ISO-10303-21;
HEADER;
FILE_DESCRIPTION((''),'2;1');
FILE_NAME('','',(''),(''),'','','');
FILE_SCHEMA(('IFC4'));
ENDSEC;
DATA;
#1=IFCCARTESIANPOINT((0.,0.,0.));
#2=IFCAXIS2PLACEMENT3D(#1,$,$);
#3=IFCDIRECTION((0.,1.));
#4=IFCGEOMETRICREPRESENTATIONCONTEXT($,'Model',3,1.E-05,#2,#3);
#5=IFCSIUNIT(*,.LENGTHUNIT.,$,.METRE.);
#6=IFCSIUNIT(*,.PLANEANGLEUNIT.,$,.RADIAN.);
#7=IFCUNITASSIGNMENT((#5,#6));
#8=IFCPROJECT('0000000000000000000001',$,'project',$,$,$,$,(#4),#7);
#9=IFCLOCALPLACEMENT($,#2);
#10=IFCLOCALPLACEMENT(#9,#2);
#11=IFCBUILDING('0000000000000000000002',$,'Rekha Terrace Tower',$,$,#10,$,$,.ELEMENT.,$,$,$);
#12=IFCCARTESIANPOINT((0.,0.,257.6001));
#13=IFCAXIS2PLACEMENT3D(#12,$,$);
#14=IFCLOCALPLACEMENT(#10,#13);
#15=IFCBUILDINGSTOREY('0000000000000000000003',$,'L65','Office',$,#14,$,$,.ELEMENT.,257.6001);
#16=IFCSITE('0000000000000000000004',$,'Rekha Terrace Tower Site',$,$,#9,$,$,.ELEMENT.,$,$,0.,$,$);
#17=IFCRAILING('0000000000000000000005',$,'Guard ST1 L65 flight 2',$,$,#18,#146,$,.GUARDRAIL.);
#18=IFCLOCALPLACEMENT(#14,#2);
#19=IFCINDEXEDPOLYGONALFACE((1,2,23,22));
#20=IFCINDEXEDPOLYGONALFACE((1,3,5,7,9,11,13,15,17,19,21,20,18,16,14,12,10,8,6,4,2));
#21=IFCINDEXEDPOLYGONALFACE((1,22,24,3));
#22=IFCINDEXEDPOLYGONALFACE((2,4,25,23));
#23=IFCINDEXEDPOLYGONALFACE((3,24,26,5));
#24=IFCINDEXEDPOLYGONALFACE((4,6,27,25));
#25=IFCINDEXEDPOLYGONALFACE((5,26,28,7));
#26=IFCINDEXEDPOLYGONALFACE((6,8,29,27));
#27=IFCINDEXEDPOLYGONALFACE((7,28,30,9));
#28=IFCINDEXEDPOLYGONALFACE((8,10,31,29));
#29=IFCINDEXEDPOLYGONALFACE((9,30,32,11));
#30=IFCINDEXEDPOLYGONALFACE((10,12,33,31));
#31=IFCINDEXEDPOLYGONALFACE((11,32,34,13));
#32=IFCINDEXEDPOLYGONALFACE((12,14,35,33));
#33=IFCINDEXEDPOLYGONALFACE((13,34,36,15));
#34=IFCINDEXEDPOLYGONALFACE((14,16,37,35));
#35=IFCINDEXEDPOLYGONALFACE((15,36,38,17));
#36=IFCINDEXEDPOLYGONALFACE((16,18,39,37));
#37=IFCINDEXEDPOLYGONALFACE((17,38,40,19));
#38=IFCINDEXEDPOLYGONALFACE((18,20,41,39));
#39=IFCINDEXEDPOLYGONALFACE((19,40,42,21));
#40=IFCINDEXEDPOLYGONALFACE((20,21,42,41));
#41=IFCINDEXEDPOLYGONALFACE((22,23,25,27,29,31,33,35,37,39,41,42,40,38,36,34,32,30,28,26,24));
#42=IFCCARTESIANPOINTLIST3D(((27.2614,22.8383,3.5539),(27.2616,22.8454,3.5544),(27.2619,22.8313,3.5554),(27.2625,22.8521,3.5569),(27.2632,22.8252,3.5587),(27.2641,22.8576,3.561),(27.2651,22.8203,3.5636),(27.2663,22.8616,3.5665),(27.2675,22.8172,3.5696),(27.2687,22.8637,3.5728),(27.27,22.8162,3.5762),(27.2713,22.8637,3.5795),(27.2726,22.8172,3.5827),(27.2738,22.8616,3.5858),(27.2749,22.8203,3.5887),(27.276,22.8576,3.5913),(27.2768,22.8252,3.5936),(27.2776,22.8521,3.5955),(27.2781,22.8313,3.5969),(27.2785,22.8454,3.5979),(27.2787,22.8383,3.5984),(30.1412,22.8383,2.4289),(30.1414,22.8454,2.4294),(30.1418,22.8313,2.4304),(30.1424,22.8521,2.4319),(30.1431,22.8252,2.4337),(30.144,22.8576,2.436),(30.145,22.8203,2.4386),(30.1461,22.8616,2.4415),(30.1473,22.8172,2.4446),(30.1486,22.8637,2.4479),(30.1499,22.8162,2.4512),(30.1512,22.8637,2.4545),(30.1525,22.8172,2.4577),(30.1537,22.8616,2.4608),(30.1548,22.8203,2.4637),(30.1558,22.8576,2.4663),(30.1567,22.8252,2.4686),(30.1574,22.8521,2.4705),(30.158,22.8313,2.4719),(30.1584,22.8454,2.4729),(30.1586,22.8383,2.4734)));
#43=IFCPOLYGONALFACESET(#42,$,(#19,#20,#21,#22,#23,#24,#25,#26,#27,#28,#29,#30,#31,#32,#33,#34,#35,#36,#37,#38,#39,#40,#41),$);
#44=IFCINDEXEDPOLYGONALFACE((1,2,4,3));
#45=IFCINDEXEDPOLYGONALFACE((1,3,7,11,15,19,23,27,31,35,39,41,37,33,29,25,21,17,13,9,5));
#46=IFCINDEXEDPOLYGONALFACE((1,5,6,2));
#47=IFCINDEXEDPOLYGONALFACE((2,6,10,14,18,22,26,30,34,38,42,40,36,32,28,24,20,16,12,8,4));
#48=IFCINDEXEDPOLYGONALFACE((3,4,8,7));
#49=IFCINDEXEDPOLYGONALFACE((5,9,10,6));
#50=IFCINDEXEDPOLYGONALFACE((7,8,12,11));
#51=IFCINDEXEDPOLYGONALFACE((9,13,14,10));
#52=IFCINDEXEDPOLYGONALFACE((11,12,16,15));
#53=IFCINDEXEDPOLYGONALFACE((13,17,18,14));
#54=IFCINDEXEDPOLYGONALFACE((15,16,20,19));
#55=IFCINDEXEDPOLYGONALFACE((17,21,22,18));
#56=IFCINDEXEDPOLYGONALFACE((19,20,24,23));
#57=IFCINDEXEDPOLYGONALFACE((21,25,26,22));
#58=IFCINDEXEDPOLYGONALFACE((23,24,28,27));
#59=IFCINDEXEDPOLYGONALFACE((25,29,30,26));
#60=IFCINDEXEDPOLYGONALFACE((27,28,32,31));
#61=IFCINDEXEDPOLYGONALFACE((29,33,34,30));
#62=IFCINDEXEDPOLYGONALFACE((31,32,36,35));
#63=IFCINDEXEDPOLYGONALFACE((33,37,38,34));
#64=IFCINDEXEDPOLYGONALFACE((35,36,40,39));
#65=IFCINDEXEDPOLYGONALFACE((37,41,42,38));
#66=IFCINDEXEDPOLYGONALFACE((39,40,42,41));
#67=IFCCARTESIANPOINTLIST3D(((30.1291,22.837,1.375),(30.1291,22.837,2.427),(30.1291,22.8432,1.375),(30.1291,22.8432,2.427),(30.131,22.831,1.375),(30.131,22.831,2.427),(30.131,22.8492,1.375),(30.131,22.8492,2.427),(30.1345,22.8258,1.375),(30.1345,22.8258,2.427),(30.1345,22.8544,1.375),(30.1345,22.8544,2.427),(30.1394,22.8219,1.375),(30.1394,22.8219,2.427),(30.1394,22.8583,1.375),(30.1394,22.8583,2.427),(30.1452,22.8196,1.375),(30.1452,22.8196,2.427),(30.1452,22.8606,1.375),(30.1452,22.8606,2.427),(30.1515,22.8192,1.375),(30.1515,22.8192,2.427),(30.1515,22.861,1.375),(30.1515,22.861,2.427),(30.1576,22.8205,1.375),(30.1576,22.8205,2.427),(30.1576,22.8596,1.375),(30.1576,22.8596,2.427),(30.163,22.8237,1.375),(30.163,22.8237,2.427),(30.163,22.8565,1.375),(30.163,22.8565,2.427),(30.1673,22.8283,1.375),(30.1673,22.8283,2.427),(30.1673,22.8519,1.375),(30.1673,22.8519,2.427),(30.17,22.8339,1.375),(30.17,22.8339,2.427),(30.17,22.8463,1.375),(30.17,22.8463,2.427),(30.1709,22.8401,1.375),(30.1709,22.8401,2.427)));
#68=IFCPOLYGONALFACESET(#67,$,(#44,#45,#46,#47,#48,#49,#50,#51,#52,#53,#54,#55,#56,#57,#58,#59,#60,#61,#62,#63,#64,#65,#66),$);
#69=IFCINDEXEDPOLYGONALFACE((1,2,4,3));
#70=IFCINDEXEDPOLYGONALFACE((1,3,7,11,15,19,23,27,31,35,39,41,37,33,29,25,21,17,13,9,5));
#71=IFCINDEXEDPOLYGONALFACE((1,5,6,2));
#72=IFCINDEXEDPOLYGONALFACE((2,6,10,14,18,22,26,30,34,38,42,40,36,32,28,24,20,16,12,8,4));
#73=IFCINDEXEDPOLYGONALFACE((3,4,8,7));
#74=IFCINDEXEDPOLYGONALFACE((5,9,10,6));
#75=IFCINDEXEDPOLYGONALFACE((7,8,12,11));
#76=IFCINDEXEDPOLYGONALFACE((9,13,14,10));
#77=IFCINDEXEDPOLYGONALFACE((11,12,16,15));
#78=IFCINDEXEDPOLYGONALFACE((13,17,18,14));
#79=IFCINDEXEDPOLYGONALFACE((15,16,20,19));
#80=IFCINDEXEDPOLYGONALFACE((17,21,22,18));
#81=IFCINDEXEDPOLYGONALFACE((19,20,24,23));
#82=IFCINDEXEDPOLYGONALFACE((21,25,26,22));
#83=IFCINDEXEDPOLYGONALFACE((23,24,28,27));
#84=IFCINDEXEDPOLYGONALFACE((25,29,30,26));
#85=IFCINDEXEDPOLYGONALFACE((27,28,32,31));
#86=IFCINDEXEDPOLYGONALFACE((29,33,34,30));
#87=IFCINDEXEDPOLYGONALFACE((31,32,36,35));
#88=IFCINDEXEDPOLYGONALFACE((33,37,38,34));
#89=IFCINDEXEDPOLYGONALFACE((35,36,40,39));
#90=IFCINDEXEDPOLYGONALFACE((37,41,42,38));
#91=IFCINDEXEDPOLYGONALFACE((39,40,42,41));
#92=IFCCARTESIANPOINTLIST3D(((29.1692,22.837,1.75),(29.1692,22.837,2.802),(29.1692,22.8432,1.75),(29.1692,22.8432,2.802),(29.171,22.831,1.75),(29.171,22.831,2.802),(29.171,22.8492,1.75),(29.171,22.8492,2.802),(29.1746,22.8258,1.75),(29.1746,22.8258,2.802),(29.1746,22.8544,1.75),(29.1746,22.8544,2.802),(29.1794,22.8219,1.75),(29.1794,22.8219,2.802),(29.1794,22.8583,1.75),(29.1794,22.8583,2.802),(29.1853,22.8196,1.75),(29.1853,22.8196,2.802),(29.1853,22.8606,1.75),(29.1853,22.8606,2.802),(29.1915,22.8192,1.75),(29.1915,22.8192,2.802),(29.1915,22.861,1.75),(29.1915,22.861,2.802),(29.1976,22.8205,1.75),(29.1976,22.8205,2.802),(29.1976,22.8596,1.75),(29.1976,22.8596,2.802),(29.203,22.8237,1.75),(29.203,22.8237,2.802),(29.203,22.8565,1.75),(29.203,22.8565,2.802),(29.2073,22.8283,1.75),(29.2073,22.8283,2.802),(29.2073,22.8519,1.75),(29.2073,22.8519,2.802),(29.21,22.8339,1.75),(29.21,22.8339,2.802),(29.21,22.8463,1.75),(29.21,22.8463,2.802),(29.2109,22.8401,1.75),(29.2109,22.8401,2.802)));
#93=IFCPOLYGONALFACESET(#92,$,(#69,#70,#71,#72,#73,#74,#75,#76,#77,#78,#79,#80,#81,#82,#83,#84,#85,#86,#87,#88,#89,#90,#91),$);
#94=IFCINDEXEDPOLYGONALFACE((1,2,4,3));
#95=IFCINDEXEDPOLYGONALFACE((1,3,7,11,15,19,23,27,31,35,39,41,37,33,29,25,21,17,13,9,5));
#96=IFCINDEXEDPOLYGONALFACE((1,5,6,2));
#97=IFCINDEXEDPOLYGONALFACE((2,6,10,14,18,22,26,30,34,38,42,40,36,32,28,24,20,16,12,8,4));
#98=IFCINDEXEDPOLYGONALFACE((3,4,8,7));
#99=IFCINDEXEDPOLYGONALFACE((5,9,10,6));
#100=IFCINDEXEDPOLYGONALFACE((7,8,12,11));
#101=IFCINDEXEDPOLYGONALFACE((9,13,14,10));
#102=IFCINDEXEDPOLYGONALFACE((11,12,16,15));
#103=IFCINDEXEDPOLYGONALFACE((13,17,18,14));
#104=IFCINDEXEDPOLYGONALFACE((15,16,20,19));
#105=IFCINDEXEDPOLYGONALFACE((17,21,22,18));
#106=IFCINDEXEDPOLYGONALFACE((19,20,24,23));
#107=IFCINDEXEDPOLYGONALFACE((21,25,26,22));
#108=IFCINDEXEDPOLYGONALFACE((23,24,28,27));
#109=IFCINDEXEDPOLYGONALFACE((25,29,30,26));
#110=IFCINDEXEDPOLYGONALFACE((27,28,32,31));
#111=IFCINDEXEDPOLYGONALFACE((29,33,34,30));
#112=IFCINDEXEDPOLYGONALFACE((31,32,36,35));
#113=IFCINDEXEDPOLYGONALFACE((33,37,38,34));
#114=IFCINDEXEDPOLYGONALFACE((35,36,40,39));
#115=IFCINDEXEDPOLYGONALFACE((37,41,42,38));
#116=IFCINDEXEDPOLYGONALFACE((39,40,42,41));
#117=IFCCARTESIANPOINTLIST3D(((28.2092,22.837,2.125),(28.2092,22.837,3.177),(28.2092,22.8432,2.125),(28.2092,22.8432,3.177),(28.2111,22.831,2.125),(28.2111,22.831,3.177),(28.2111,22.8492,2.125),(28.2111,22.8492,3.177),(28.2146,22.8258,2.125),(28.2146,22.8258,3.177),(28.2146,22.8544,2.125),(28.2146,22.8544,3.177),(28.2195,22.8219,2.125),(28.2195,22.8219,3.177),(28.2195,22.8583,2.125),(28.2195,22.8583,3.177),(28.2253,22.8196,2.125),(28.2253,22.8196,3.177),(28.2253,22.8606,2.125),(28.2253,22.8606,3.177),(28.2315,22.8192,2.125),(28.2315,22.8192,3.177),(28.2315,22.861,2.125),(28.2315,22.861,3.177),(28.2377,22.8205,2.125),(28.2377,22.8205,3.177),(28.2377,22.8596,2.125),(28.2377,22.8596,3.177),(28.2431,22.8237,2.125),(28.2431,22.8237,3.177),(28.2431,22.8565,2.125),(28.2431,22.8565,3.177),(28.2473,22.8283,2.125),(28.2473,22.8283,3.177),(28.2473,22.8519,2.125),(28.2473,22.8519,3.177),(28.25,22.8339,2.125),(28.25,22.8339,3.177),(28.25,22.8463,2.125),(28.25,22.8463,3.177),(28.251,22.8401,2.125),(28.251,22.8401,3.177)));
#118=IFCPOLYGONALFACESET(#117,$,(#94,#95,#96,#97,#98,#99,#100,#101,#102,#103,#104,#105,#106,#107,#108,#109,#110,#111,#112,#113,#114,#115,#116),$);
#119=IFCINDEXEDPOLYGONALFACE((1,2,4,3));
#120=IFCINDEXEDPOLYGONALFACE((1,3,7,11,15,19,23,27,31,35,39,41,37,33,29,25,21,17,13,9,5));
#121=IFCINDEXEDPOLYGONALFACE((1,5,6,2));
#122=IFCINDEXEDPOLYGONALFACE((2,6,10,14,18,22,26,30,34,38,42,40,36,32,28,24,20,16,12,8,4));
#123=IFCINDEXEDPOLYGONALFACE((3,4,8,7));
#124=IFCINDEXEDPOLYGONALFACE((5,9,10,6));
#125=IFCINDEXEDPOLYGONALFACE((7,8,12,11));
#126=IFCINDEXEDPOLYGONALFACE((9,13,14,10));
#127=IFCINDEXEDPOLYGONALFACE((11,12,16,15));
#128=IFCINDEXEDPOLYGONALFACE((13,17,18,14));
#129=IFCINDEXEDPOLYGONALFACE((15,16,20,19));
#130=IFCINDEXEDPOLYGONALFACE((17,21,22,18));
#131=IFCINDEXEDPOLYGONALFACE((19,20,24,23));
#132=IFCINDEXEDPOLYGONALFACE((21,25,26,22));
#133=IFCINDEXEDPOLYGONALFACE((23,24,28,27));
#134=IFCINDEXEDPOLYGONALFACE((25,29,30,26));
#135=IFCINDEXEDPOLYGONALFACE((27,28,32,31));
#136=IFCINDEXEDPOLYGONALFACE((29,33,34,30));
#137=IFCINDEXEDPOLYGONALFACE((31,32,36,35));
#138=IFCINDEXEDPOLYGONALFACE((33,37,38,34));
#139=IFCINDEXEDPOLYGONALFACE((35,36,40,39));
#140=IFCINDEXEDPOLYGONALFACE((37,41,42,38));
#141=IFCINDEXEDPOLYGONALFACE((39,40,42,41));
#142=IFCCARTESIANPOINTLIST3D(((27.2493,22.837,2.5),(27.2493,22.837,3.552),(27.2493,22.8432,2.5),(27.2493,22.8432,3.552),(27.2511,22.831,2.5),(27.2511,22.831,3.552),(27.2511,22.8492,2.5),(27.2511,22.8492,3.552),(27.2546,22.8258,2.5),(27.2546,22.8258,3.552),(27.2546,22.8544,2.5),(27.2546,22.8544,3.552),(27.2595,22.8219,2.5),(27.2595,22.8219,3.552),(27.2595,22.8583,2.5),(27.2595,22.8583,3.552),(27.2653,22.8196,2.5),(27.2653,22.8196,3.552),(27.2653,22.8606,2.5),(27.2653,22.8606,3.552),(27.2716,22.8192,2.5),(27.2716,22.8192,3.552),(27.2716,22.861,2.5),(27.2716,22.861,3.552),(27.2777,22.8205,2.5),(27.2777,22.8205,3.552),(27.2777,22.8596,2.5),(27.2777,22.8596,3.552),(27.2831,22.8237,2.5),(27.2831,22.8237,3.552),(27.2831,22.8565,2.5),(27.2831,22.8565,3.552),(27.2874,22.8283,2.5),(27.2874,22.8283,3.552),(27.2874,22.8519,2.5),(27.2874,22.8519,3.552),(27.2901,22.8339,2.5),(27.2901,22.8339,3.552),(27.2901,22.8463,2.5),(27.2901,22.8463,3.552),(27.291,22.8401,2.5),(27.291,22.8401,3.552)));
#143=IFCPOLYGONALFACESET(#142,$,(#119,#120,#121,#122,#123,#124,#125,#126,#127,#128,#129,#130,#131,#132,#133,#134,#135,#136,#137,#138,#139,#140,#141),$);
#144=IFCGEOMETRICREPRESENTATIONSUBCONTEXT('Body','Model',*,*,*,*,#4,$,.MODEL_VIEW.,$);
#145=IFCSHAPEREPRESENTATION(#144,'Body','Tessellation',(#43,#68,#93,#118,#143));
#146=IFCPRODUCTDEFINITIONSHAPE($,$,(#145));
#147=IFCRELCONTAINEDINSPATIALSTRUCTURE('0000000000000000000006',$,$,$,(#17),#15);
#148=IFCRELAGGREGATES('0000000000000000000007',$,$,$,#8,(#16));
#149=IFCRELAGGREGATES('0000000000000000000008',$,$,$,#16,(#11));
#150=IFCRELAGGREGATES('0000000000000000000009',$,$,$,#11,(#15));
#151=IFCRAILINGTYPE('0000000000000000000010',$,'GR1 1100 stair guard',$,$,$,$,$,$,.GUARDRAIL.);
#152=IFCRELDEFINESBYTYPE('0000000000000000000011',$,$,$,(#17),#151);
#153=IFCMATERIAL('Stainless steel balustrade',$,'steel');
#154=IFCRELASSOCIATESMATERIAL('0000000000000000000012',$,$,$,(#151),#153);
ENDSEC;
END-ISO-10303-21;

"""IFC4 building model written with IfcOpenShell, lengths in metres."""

from ifc_helpers import new_model, si_unit, direction, frame, origin, origin_2d, place, context, subcontext, project, spatial, circle, extrude, material, type_object, element, save


model = new_model("IFC4")

# Units and contexts
model_context = context("Model", 3, precision=1e-05, world=origin(), true_north=direction((0.0, 1.0)))
body_context = subcontext(model_context, "Body", "Model", "MODEL_VIEW")
ifc_project = project(units=[si_unit("LENGTHUNIT", "METRE"), si_unit("PLANEANGLEUNIT", "RADIAN")], contexts=[model_context])

# Site, building, storey
site_placement = place(None, origin())
site = spatial("IfcSite", under=ifc_project, at=site_placement, Name="Rekha Terrace Tower Site", CompositionType="ELEMENT", RefElevation=0.0)
building_placement = place(site_placement, origin())
building = spatial("IfcBuilding", under=site, at=building_placement, Name="Rekha Terrace Tower", CompositionType="ELEMENT")
storey_placement = place(building_placement, frame((0.0, 0.0, 257.6001)))
storey = spatial("IfcBuildingStorey", under=building, at=storey_placement, Name="L65", Description="Office", CompositionType="ELEMENT", Elevation=257.6001)

# Railing
ifc_material_1 = material(Name="Stainless steel balustrade", Category="steel")
railing_type_1 = type_object("IfcRailingType", Name="GR1 1100 stair guard", PredefinedType="GUARDRAIL", material=ifc_material_1)
railing_1_placement = place(storey_placement, frame((30.1499, 22.8401, 1.375)))
element("IfcRailing", 1, at=railing_1_placement, inside=storey, type_object=railing_type_1, Name="Guard ST1 L65 flight 2", PredefinedType="GUARDRAIL", context=body_context, shape_type="SweptSolid", body=[
    extrude(circle(Radius=0.0239, at=origin_2d()), frame((0.0, 0.0, 1.0762), z_axis=(-0.931452, 0.0, 0.363863), x_axis=(0.0, -1.0, 0.0)), (0.0, 0.0, 1.0), 3.0918),
    extrude(circle(Radius=0.021, at=origin_2d()), origin(), (0.0, 0.0, 1.0), 1.052),
    extrude(circle(Radius=0.021, at=origin_2d()), frame((-0.96, 0.0, 0.375)), (0.0, 0.0, 1.0), 1.052),
    extrude(circle(Radius=0.021, at=origin_2d()), frame((-1.9199, 0.0, 0.75)), (0.0, 0.0, 1.0), 1.052),
    extrude(circle(Radius=0.021, at=origin_2d()), frame((-2.8799, 0.0, 1.125)), (0.0, 0.0, 1.0), 1.052),
])

save(model, "model.ifc")
